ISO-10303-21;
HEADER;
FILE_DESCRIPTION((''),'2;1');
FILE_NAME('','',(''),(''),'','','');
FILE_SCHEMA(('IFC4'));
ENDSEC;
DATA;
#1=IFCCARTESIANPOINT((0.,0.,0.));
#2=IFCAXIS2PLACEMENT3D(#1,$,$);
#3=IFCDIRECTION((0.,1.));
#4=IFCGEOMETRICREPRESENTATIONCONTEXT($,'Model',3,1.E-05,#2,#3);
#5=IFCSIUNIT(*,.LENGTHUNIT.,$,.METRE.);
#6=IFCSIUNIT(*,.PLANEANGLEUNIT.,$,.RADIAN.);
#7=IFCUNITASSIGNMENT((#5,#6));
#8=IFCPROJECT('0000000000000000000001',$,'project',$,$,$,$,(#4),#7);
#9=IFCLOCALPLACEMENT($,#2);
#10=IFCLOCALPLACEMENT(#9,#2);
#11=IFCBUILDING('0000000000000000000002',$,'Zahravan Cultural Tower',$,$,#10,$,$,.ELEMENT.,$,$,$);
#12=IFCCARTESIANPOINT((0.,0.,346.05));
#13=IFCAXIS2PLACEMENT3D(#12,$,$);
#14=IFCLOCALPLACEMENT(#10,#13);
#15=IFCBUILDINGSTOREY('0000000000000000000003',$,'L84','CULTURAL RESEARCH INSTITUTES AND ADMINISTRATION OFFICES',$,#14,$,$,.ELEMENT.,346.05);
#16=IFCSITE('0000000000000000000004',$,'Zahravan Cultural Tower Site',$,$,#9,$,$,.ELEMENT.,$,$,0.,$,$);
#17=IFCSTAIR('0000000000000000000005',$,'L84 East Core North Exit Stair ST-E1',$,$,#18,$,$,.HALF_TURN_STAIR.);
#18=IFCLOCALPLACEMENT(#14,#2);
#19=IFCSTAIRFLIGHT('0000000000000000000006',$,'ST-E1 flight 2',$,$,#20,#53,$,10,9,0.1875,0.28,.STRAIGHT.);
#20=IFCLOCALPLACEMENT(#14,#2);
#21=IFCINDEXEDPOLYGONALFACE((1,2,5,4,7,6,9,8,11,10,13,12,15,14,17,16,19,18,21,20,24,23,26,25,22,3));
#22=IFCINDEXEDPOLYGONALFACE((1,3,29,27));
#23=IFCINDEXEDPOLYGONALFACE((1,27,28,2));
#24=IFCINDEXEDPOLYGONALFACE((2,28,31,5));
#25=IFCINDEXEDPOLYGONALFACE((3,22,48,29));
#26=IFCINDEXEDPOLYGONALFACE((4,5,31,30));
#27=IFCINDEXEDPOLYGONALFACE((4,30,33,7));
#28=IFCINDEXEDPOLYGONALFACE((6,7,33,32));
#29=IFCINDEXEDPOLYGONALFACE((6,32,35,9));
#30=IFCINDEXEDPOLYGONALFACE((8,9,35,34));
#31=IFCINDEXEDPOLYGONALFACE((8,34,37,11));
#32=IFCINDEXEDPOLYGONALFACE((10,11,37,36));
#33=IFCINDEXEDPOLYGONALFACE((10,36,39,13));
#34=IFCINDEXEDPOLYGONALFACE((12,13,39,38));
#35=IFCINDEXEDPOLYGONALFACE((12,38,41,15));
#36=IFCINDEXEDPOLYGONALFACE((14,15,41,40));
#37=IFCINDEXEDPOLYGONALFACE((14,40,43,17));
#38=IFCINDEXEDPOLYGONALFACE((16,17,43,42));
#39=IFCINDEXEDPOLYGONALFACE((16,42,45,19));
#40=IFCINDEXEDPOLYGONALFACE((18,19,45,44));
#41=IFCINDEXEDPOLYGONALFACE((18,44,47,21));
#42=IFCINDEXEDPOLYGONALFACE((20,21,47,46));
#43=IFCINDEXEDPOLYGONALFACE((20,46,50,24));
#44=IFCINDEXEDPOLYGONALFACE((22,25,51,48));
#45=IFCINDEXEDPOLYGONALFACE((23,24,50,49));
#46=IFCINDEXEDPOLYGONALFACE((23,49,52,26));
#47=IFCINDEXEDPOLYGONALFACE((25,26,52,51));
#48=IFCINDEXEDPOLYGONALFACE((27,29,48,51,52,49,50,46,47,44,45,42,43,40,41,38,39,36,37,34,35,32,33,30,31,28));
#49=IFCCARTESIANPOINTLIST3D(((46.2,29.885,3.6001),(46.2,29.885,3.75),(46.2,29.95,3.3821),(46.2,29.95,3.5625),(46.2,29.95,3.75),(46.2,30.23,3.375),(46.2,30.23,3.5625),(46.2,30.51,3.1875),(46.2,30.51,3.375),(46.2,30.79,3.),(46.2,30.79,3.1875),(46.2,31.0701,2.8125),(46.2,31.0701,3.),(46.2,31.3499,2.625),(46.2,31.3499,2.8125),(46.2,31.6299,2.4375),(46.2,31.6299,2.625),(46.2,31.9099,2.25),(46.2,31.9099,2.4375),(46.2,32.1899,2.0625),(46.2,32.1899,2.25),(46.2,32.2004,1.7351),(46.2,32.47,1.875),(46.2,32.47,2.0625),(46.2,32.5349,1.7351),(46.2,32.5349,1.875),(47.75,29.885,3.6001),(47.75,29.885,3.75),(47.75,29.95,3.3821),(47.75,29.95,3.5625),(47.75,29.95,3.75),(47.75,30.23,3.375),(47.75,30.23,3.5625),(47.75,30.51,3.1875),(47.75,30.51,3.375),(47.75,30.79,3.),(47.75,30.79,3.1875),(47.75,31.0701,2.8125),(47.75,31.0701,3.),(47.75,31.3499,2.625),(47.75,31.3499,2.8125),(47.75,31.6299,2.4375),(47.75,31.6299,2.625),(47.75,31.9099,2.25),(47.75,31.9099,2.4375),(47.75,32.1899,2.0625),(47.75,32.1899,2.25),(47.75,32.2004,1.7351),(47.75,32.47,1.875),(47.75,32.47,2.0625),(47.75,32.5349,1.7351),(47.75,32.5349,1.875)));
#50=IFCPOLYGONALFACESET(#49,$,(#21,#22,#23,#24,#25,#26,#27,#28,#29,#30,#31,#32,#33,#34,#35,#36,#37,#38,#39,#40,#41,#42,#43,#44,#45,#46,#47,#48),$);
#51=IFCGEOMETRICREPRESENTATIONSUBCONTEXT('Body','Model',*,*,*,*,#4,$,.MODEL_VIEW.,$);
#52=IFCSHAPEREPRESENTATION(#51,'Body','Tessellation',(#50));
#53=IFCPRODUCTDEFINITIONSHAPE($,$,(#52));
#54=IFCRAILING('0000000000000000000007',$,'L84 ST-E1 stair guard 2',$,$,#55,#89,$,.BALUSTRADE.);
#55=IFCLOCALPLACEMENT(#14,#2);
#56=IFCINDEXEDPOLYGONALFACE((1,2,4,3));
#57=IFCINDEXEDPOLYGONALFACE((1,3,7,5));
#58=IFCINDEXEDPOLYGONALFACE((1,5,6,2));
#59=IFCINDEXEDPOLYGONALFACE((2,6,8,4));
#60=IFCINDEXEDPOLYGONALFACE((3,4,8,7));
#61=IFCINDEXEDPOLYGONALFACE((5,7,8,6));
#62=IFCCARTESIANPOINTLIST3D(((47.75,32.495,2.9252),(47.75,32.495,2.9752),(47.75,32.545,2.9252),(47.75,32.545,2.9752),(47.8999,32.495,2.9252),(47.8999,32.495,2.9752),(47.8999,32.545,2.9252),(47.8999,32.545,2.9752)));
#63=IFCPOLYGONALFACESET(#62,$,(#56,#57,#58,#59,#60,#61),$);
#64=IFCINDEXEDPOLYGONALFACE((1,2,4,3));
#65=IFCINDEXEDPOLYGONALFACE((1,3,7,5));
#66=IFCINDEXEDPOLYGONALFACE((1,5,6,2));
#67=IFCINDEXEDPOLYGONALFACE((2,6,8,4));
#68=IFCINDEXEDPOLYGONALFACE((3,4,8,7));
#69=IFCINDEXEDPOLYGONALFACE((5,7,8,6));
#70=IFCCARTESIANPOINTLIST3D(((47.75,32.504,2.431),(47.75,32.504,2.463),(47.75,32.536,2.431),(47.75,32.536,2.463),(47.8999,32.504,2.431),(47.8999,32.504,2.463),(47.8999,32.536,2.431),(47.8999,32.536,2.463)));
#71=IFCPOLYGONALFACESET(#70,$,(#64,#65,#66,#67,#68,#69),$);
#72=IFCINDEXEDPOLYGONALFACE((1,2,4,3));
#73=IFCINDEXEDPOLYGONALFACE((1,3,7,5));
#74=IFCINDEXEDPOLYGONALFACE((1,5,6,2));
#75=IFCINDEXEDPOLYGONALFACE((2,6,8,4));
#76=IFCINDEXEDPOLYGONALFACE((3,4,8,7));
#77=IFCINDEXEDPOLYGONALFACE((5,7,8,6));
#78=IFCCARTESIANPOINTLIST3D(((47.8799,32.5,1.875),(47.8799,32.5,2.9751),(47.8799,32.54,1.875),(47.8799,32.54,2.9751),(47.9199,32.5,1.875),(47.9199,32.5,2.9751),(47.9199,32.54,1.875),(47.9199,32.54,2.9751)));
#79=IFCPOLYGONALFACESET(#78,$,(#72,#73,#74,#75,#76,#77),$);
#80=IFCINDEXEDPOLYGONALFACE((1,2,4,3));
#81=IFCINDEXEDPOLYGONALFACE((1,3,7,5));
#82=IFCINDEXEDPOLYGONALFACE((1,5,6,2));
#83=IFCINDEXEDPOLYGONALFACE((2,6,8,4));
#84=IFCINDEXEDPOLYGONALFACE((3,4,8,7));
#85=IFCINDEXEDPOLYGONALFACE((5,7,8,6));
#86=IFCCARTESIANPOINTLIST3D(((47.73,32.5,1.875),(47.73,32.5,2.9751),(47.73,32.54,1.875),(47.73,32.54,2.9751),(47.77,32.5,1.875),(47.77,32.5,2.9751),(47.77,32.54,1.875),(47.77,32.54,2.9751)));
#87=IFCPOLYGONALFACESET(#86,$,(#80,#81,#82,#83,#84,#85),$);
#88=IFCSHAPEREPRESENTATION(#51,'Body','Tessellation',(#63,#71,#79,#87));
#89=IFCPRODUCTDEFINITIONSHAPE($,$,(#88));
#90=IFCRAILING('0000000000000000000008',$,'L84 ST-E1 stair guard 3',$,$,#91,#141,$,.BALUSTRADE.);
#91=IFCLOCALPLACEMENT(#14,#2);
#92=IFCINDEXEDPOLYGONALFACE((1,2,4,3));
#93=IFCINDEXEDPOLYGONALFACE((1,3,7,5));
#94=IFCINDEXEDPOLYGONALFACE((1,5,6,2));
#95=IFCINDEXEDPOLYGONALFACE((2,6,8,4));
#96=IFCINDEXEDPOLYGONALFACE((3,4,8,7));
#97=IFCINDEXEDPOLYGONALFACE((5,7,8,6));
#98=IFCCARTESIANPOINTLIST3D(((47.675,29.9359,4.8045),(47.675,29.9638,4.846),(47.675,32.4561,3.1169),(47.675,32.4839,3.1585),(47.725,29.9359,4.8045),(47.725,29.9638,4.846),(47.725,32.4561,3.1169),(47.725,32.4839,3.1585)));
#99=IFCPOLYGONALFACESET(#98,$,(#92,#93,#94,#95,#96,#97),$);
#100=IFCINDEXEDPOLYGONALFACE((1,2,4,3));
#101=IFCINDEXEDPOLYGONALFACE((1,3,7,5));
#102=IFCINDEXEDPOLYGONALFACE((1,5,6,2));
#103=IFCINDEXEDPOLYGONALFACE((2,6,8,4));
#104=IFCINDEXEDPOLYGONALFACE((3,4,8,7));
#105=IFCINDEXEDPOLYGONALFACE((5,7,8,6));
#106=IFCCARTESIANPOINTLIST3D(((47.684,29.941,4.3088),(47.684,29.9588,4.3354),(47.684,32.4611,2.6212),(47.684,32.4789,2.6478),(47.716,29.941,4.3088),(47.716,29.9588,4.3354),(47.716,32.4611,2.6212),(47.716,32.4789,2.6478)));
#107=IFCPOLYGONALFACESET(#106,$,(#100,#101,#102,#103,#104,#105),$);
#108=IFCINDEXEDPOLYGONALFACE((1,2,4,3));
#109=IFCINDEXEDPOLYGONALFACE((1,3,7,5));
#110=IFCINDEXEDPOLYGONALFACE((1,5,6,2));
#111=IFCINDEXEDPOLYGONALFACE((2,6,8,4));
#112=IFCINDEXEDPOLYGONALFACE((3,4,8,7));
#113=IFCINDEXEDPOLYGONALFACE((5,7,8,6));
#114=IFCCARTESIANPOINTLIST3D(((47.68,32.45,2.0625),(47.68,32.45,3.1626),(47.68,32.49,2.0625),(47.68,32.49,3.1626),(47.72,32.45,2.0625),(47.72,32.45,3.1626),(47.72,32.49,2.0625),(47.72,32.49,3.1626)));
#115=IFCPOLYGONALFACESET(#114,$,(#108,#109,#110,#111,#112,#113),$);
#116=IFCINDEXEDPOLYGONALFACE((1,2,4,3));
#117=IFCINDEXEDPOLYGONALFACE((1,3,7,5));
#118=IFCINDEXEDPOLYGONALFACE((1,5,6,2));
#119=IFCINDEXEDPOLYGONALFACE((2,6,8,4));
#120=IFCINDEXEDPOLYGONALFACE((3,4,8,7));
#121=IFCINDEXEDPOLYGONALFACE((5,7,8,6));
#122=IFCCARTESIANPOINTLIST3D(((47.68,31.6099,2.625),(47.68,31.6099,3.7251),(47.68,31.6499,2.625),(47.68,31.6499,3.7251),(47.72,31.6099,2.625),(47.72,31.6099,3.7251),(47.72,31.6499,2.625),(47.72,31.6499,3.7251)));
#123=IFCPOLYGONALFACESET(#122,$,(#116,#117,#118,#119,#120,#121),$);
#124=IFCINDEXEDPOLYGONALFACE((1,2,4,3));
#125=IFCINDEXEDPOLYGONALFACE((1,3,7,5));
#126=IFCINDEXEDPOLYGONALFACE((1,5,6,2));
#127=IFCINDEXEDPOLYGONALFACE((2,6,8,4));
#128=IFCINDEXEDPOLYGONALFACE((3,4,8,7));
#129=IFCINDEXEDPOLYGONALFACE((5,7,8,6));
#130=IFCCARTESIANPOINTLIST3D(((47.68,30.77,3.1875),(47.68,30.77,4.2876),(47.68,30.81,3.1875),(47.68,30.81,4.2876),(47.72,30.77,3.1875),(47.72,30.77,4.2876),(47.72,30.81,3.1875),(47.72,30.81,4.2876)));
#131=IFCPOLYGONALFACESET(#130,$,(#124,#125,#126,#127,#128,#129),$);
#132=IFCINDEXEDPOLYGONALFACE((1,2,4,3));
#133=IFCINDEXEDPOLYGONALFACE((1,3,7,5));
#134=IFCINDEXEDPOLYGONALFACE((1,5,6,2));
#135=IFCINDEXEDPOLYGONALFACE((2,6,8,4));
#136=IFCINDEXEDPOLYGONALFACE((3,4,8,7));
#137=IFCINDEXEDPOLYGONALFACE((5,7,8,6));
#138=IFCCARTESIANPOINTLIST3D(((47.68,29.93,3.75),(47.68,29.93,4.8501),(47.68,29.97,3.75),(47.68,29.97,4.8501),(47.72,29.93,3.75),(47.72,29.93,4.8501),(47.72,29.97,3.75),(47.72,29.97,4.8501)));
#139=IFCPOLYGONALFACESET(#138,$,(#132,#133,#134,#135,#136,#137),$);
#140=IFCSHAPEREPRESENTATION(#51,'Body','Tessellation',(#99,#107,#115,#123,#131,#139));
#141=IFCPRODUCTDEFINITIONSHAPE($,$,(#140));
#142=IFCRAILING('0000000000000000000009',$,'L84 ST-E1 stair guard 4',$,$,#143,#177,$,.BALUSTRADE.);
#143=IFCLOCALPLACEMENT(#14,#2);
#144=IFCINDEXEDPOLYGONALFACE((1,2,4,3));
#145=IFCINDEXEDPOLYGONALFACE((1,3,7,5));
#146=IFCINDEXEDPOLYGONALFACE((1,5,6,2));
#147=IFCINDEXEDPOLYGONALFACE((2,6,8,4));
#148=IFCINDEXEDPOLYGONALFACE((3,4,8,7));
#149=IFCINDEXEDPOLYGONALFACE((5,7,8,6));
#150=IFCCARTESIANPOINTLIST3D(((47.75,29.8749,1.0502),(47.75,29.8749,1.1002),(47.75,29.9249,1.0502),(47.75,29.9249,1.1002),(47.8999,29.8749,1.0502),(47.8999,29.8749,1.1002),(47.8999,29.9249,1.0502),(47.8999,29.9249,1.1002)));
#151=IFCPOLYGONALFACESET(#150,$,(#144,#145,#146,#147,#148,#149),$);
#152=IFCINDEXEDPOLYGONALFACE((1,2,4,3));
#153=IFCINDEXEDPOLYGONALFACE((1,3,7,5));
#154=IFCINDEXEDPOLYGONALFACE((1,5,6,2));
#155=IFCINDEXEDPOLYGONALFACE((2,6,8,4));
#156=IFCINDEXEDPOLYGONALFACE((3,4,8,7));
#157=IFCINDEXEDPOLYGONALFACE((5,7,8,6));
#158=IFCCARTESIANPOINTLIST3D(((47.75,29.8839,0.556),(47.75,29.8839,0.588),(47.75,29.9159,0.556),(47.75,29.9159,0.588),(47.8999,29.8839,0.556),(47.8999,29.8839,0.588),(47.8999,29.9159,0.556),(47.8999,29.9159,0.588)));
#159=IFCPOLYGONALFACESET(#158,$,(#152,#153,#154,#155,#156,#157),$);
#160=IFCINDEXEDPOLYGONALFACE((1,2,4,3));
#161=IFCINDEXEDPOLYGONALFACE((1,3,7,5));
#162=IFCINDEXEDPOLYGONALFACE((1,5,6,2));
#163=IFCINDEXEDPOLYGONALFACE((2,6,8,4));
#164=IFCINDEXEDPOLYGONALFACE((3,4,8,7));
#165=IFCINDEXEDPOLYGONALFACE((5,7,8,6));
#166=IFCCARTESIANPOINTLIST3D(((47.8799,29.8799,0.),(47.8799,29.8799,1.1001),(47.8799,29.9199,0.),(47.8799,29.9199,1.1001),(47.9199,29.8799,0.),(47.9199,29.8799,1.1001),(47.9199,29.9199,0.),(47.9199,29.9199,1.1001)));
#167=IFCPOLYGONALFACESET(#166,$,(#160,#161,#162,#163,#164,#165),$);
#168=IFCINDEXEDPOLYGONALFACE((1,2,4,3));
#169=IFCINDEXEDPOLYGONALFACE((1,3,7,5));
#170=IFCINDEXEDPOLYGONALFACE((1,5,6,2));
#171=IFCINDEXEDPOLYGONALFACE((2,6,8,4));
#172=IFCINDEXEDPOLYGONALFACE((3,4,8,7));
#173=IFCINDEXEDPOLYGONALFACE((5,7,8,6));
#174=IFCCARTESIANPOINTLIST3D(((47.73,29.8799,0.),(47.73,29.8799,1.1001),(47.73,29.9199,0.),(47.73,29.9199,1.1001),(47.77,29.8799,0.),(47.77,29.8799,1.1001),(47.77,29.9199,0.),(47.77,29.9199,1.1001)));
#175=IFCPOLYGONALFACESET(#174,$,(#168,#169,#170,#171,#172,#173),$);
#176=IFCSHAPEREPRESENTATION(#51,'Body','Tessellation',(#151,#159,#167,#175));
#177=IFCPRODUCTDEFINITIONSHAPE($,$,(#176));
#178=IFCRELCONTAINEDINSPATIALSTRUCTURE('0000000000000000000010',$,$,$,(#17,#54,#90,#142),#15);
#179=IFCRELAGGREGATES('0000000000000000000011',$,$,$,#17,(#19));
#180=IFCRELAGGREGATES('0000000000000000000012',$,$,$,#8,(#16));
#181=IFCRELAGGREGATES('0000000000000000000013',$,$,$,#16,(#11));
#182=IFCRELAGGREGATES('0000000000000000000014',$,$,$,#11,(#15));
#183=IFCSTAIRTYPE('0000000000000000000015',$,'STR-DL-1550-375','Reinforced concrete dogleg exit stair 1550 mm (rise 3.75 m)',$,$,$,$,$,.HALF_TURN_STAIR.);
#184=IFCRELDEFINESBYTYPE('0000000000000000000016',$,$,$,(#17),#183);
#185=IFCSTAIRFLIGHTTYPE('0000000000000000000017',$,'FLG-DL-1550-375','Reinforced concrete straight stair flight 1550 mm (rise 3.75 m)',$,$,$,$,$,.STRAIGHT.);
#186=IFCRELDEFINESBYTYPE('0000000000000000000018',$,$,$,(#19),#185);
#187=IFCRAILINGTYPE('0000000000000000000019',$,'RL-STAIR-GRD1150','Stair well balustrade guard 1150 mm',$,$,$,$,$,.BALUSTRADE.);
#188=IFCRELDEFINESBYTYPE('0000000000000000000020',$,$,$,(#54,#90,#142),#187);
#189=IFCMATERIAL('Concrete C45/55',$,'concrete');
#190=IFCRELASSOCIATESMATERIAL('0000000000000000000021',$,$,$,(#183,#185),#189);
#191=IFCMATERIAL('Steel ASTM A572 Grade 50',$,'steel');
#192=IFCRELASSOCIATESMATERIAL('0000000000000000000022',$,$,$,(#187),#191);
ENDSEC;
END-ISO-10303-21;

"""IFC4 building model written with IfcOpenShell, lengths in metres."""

from ifc_helpers import new_model, si_unit, direction, frame, origin, origin_2d, place, context, subcontext, project, spatial, polyline, rectangle, outline, extrude, material, type_object, element, aggregate, save


model = new_model("IFC4")

# Units and contexts
model_context = context("Model", 3, precision=1e-05, world=origin(), true_north=direction((0.0, 1.0)))
body_context = subcontext(model_context, "Body", "Model", "MODEL_VIEW")
ifc_project = project(units=[si_unit("LENGTHUNIT", "METRE"), si_unit("PLANEANGLEUNIT", "RADIAN")], contexts=[model_context])

# Site, building, storey
site_placement = place(None, origin())
site = spatial("IfcSite", under=ifc_project, at=site_placement, Name="Zahravan Cultural Tower Site", CompositionType="ELEMENT", RefElevation=0.0)
building_placement = place(site_placement, origin())
building = spatial("IfcBuilding", under=site, at=building_placement, Name="Zahravan Cultural Tower", CompositionType="ELEMENT")
storey_placement = place(building_placement, frame((0.0, 0.0, 346.05)))
storey = spatial("IfcBuildingStorey", under=building, at=storey_placement, Name="L84", Description="CULTURAL RESEARCH INSTITUTES AND ADMINISTRATION OFFICES", CompositionType="ELEMENT", Elevation=346.05)

# Shared definitions
ifc_material_1 = material(Name="Concrete C45/55", Category="concrete")
ifc_material_2 = material(Name="Steel ASTM A572 Grade 50", Category="steel")

# Stair, stair flight
stair_type = type_object("IfcStairType", Name="STR-DL-1550-375", Description="Reinforced concrete dogleg exit stair 1550 mm (rise 3.75 m)", PredefinedType="HALF_TURN_STAIR", material=ifc_material_1)
stair_placement = place(storey_placement, origin())
stair = element("IfcStair", 1, at=stair_placement, inside=storey, type_object=stair_type, Name="L84 East Core North Exit Stair ST-E1", PredefinedType="HALF_TURN_STAIR")
stair_flight_type = type_object("IfcStairFlightType", Name="FLG-DL-1550-375", Description="Reinforced concrete straight stair flight 1550 mm (rise 3.75 m)", PredefinedType="STRAIGHT", material=ifc_material_1)
stair_flight_placement = place(storey_placement, frame((46.9751, 32.47, 1.875), z_axis=(0.0, 0.0, 1.0), x_axis=(0.0, -1.0, 0.0)))
stair_flight = element("IfcStairFlight", 2, at=stair_flight_placement, type_object=stair_flight_type, Name="ST-E1 flight 2", NumberOfRisers=10, NumberOfTreads=9, PredefinedType="STRAIGHT", RiserHeight=0.1875, TreadLength=0.28, context=body_context, shape_type="SweptSolid", body=[
    extrude(outline(polyline([(-0.0649, -0.1399), (-0.0649, 0.0), (0.0, 0.0), (0.0, 0.1875), (0.28, 0.1875), (0.28, 0.375), (0.5601, 0.375), (0.5601, 0.5625), (0.8401, 0.5625), (0.8401, 0.75), (1.1201, 0.75), (1.1201, 0.9375), (1.3999, 0.9375), (1.3999, 1.125), (1.6799, 1.125), (1.6799, 1.3125), (1.96, 1.3125), (1.96, 1.5), (2.24, 1.5), (2.24, 1.6875), (2.52, 1.6875), (2.52, 1.875), (2.585, 1.875), (2.585, 1.7251), (2.52, 1.5071), (0.2695, -0.1399), (-0.0649, -0.1399)])), frame((0.0, 0.7749, 0.0), z_axis=(0.0, -1.0, 0.0), x_axis=(1.0, 0.0, 0.0)), (0.0, 0.0, 1.0), 1.55),
])
aggregate(stair, [stair_flight])

# Railings
railing_type_1 = type_object("IfcRailingType", Name="RL-STAIR-GRD1150", Description="Stair well balustrade guard 1150 mm", PredefinedType="BALUSTRADE", material=ifc_material_2)
railing_1_placement = place(storey_placement, frame((47.8999, 32.52, 1.875)))
element("IfcRailing", 3, at=railing_1_placement, inside=storey, type_object=railing_type_1, Name="L84 ST-E1 stair guard 2", PredefinedType="BALUSTRADE", context=body_context, shape_type="SweptSolid", body=[
    extrude(rectangle(XDim=0.05, YDim=0.05, at=origin_2d()), frame((0.0, 0.0, 1.0752), z_axis=(-1.0, 0.0, 0.0), x_axis=(0.0, -1.0, 0.0)), (0.0, 0.0, 1.0), 0.1499),
    extrude(rectangle(XDim=0.032, YDim=0.032, at=origin_2d()), frame((0.0, 0.0, 0.572), z_axis=(-1.0, 0.0, 0.0), x_axis=(0.0, -1.0, 0.0)), (0.0, 0.0, 1.0), 0.1499),
    extrude(rectangle(XDim=0.04, YDim=0.04, at=origin_2d()), origin(), (0.0, 0.0, 1.0), 1.1001),
    extrude(rectangle(XDim=0.04, YDim=0.04, at=origin_2d()), frame((-0.1499, 0.0, 0.0)), (0.0, 0.0, 1.0), 1.1001),
])
railing_2_placement = place(storey_placement, frame((47.7, 32.47, 2.0625)))
element("IfcRailing", 4, at=railing_2_placement, inside=storey, type_object=railing_type_1, Name="L84 ST-E1 stair guard 3", PredefinedType="BALUSTRADE", context=body_context, shape_type="SweptSolid", body=[
    extrude(rectangle(XDim=0.05, YDim=0.05, at=origin_2d()), frame((0.0, 0.0, 1.0752), z_axis=(0.0, -0.830909, 0.556408), x_axis=(1.0, 0.0, 0.0)), (0.0, 0.0, 1.0), 3.033),
    extrude(rectangle(XDim=0.032, YDim=0.032, at=origin_2d()), frame((0.0, 0.0, 0.572), z_axis=(0.0, -0.830909, 0.556408), x_axis=(1.0, 0.0, 0.0)), (0.0, 0.0, 1.0), 3.033),
    extrude(rectangle(XDim=0.04, YDim=0.04, at=origin_2d()), origin(), (0.0, 0.0, 1.0), 1.1001),
    extrude(rectangle(XDim=0.04, YDim=0.04, at=origin_2d()), frame((0.0, -0.8401, 0.5625)), (0.0, 0.0, 1.0), 1.1001),
    extrude(rectangle(XDim=0.04, YDim=0.04, at=origin_2d()), frame((0.0, -1.6799, 1.125)), (0.0, 0.0, 1.0), 1.1001),
    extrude(rectangle(XDim=0.04, YDim=0.04, at=origin_2d()), frame((0.0, -2.52, 1.6875)), (0.0, 0.0, 1.0), 1.1001),
])
railing_3_placement = place(storey_placement, frame((47.8999, 29.8999, 0.0)))
element("IfcRailing", 5, at=railing_3_placement, inside=storey, type_object=railing_type_1, Name="L84 ST-E1 stair guard 4", PredefinedType="BALUSTRADE", context=body_context, shape_type="SweptSolid", body=[
    extrude(rectangle(XDim=0.05, YDim=0.05, at=origin_2d()), frame((0.0, 0.0, 1.0752), z_axis=(-1.0, 0.0, 0.0), x_axis=(0.0, -1.0, 0.0)), (0.0, 0.0, 1.0), 0.1499),
    extrude(rectangle(XDim=0.032, YDim=0.032, at=origin_2d()), frame((0.0, 0.0, 0.572), z_axis=(-1.0, 0.0, 0.0), x_axis=(0.0, -1.0, 0.0)), (0.0, 0.0, 1.0), 0.1499),
    extrude(rectangle(XDim=0.04, YDim=0.04, at=origin_2d()), origin(), (0.0, 0.0, 1.0), 1.1001),
    extrude(rectangle(XDim=0.04, YDim=0.04, at=origin_2d()), frame((-0.1499, 0.0, 0.0)), (0.0, 0.0, 1.0), 1.1001),
])

save(model, "model.ifc")
